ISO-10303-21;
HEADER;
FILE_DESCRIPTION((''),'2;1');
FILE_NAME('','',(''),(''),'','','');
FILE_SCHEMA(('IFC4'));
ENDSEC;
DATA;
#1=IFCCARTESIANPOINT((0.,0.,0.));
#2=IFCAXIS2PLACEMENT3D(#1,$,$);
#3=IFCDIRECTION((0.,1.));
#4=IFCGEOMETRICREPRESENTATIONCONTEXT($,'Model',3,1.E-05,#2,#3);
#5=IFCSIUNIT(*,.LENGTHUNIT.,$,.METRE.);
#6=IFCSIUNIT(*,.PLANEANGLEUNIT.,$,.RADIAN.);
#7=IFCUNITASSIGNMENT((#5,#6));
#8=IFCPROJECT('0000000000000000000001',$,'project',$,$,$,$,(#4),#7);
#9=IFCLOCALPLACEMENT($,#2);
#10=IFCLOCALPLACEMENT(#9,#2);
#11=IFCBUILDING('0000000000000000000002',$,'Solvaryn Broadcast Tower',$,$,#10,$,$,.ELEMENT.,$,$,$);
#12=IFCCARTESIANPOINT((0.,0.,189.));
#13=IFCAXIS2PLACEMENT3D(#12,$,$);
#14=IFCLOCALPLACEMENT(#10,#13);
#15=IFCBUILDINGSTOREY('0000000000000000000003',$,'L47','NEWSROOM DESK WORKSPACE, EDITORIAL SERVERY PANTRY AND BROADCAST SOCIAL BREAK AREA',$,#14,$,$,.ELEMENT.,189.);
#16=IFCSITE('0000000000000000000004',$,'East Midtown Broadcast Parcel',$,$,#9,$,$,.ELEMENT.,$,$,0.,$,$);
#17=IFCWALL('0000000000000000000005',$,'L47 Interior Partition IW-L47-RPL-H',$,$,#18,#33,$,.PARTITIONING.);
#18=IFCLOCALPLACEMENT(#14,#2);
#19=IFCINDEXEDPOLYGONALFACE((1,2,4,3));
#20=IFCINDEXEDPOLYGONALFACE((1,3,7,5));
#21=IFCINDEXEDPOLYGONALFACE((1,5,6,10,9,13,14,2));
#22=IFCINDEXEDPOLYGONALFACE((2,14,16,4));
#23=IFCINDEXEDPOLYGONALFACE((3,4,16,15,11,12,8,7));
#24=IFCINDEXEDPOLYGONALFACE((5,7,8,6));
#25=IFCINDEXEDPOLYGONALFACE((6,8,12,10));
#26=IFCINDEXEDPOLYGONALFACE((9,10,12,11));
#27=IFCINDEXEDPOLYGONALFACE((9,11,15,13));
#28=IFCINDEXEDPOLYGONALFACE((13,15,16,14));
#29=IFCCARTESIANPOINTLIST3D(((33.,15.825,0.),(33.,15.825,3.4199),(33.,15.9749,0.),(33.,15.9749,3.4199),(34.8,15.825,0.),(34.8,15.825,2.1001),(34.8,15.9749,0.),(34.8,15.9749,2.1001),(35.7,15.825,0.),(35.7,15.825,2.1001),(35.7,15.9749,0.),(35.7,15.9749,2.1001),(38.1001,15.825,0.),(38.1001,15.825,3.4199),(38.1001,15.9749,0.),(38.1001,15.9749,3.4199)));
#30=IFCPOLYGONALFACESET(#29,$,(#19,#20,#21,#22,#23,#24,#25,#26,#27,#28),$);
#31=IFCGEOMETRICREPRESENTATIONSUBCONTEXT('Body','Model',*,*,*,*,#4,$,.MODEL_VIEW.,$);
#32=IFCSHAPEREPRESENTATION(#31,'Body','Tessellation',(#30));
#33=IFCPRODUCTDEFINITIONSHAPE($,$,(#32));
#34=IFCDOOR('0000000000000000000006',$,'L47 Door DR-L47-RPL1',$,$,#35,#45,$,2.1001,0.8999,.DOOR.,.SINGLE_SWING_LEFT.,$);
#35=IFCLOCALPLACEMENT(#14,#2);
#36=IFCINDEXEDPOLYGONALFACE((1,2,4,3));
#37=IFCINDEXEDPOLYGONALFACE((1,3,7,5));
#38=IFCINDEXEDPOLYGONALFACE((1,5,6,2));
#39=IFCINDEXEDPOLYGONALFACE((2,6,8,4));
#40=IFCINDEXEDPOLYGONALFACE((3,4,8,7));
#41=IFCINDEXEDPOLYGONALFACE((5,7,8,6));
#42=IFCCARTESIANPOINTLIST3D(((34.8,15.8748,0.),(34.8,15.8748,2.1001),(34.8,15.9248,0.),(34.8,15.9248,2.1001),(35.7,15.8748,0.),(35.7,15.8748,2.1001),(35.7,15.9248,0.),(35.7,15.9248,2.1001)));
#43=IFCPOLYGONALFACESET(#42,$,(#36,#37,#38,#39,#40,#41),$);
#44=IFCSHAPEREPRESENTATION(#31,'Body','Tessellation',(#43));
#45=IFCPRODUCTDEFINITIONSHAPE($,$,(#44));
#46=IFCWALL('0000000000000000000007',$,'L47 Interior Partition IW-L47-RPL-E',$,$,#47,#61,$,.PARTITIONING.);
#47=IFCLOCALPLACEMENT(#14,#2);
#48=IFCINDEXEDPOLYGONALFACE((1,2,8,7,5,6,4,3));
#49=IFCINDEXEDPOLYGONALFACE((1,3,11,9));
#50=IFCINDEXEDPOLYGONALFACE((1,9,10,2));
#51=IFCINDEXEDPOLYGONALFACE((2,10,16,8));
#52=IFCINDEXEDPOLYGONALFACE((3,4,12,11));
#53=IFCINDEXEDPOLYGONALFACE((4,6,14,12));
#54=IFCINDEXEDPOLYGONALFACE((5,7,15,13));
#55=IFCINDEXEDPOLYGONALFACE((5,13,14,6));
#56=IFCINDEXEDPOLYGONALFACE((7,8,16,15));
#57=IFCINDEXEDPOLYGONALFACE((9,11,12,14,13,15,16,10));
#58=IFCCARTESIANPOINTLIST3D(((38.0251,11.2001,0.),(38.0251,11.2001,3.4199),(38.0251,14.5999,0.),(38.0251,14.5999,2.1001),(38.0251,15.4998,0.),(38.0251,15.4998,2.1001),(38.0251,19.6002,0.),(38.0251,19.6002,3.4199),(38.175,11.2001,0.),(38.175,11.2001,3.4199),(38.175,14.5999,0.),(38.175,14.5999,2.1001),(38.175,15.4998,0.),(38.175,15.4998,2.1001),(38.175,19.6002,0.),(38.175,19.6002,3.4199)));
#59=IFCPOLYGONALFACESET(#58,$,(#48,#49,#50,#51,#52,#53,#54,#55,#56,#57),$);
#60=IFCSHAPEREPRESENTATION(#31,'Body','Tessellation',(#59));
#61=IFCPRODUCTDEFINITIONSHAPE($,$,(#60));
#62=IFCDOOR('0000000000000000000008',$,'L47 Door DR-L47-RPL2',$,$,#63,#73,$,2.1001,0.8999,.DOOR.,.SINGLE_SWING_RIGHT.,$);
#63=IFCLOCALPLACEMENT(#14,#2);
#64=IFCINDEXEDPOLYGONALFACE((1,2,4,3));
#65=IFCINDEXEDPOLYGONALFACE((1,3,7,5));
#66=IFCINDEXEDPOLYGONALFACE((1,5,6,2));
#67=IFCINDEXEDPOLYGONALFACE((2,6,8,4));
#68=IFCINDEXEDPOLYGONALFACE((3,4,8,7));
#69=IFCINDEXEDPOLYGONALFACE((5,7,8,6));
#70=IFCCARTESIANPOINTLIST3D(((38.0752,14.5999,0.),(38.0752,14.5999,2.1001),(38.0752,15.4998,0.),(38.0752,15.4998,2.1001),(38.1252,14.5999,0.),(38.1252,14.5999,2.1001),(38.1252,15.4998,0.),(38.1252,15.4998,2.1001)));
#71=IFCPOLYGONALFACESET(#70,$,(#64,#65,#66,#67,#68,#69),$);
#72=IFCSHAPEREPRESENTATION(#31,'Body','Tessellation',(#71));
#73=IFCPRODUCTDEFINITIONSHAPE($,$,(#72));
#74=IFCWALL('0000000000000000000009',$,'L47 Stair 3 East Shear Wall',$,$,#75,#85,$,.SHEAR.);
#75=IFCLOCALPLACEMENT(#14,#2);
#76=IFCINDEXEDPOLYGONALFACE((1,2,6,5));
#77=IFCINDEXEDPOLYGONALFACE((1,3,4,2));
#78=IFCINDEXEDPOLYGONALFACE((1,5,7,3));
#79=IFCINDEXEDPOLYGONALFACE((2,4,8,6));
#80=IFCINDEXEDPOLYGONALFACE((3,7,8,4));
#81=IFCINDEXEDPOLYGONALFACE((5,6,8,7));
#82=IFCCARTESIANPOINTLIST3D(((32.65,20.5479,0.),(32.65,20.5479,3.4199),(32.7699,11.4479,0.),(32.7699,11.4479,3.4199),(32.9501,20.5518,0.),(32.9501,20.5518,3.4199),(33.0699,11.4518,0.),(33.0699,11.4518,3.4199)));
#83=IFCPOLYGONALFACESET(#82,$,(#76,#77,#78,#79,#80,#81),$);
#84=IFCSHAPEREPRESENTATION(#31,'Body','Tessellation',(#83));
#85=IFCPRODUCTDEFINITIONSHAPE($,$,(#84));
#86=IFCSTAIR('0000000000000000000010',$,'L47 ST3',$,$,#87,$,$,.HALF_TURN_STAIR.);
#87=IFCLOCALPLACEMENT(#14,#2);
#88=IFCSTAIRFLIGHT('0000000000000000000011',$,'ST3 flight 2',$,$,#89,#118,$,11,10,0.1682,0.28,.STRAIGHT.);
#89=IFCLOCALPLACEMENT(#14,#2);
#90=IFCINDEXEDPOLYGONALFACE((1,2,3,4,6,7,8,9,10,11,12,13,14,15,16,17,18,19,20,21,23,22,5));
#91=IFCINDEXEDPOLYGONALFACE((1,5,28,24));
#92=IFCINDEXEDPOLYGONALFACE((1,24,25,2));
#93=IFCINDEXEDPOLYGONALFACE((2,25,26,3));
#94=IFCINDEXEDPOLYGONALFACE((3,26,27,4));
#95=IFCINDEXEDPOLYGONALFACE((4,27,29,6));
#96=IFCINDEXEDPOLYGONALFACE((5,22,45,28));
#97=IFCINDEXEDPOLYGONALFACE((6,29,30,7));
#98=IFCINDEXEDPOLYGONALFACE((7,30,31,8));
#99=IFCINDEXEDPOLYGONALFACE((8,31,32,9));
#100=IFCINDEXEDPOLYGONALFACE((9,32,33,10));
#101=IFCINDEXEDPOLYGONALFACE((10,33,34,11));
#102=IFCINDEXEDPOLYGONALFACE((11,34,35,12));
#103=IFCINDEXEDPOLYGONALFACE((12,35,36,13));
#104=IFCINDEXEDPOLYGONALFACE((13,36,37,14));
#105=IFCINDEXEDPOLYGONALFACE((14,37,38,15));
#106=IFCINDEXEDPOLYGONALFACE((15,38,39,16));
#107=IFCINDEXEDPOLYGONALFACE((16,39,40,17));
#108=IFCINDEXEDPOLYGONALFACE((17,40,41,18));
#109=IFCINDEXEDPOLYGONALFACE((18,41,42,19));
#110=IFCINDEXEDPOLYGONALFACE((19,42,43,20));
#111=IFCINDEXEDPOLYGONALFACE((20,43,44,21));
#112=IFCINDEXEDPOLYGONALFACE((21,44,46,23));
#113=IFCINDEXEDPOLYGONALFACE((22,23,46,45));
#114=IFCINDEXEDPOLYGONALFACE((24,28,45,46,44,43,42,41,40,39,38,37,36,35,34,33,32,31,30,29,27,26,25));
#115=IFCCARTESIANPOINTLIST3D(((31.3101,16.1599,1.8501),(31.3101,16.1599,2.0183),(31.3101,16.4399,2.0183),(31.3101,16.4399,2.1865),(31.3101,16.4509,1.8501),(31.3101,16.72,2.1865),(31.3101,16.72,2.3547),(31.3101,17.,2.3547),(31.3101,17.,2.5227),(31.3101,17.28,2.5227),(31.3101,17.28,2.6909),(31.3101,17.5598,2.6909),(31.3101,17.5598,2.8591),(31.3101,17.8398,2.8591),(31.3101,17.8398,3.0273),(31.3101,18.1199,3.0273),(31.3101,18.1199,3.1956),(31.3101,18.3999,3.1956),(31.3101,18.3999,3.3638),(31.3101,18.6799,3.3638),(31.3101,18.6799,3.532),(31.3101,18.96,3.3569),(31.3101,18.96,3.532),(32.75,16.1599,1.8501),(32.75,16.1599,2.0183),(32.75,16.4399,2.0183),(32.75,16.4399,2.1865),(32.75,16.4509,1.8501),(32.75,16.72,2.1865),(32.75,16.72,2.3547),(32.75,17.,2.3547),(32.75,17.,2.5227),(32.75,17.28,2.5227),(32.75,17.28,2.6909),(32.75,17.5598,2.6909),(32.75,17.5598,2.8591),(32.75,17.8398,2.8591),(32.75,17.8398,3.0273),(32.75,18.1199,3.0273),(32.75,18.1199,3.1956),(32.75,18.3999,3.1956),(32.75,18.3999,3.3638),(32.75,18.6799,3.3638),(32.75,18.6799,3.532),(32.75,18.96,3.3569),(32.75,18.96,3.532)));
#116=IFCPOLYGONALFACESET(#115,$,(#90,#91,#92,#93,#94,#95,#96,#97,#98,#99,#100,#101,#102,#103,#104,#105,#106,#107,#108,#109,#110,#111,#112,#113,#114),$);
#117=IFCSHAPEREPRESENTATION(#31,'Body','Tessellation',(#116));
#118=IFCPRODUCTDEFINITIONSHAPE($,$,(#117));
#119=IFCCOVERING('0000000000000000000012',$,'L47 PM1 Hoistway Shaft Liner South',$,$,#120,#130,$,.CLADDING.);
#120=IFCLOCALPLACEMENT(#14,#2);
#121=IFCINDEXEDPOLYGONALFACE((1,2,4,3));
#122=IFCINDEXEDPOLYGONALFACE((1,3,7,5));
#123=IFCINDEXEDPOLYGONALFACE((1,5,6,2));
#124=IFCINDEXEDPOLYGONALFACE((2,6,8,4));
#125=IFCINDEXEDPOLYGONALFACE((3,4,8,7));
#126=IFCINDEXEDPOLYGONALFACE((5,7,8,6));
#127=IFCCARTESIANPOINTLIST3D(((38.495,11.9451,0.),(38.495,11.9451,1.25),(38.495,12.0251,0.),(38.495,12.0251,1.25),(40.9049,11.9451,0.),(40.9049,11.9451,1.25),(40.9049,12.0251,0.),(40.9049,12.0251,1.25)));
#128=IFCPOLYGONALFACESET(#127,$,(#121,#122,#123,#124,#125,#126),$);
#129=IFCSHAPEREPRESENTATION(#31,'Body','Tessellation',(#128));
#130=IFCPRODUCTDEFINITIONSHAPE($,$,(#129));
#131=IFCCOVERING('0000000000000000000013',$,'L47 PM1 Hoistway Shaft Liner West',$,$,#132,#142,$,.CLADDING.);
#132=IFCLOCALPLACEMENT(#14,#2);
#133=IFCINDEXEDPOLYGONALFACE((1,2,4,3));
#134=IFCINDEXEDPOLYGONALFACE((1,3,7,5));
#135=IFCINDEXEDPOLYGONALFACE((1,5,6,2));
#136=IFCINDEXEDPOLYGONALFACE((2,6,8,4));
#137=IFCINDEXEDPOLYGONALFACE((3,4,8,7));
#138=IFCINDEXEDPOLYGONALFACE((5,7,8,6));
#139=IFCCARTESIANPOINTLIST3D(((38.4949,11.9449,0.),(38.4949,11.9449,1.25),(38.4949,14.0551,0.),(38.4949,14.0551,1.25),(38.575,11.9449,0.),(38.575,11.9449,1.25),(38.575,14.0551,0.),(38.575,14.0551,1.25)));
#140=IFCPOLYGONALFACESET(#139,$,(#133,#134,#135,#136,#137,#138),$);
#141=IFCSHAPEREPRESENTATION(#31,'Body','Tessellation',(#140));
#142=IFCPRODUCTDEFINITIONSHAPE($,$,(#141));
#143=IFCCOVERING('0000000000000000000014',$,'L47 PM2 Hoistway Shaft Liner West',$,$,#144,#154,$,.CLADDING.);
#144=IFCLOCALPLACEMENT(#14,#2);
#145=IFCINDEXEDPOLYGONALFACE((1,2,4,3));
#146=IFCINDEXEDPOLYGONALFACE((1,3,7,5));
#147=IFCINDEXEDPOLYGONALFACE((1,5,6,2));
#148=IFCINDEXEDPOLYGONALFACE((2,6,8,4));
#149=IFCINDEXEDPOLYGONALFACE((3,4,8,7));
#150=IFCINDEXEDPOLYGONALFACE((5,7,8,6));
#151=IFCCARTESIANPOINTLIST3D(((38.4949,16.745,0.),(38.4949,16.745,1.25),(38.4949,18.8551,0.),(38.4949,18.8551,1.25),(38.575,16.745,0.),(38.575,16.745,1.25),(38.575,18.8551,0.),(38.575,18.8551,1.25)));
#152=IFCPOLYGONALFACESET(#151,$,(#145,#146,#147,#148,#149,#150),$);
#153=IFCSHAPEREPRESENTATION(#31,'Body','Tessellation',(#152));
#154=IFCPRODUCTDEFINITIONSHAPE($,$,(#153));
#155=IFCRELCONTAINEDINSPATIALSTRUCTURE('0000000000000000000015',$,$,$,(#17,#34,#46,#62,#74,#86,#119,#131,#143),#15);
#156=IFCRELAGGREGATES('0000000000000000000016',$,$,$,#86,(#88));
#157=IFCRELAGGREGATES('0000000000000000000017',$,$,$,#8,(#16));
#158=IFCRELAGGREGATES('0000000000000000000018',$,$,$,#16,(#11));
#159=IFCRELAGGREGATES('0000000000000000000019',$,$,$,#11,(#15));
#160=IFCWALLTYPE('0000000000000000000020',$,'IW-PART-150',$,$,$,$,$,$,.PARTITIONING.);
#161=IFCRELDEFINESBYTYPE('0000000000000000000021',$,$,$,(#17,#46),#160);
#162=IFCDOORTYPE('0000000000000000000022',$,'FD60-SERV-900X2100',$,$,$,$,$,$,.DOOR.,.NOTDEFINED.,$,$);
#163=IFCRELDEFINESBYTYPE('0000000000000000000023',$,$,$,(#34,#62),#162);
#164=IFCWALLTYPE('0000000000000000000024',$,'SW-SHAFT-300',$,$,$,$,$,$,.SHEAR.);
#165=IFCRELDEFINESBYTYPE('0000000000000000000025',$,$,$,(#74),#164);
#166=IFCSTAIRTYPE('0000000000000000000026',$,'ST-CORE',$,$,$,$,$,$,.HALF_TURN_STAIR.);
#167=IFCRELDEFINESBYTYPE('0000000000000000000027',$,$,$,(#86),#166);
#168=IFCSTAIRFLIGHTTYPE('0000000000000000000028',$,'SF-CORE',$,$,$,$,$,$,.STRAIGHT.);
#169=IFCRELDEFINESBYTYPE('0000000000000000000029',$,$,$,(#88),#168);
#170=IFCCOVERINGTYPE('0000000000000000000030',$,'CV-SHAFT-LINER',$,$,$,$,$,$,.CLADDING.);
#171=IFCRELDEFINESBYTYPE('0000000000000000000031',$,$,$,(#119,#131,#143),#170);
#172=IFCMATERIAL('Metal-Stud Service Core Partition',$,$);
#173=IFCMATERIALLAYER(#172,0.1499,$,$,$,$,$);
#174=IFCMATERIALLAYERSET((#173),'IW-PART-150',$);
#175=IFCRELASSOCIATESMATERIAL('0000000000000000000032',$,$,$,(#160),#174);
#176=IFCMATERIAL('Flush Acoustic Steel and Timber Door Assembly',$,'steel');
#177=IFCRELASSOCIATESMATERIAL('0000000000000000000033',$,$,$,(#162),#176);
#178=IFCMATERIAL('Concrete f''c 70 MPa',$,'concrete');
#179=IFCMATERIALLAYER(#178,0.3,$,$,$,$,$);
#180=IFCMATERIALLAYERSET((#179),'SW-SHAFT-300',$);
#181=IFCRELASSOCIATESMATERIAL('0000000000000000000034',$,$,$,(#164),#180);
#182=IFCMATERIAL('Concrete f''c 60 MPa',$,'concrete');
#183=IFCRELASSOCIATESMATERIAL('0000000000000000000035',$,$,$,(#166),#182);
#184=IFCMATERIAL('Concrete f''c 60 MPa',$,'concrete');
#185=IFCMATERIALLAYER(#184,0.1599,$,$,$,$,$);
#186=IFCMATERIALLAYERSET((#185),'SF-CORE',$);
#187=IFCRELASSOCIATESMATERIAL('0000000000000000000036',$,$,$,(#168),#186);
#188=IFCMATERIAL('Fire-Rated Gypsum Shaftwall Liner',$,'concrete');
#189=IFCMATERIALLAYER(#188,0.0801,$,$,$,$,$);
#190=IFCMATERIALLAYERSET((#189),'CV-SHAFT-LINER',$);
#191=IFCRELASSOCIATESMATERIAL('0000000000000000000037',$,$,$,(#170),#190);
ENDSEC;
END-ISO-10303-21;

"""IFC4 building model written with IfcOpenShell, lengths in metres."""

from ifc_helpers import new_model, si_unit, direction, frame, frame_2d, origin, origin_2d, place, context, subcontext, project, spatial, polyline, rectangle, outline, extrude, material, layer, layer_set, type_object, element, fill, aggregate, save


model = new_model("IFC4")

# Units and contexts
model_context = context("Model", 3, precision=1e-05, world=origin(), true_north=direction((0.0, 1.0)))
body_context = subcontext(model_context, "Body", "Model", "MODEL_VIEW")
ifc_project = project(units=[si_unit("LENGTHUNIT", "METRE"), si_unit("PLANEANGLEUNIT", "RADIAN")], contexts=[model_context])

# Site, building, storey
site_placement = place(None, origin())
site = spatial("IfcSite", under=ifc_project, at=site_placement, Name="East Midtown Broadcast Parcel", CompositionType="ELEMENT", RefElevation=0.0)
building_placement = place(site_placement, origin())
building = spatial("IfcBuilding", under=site, at=building_placement, Name="Solvaryn Broadcast Tower", CompositionType="ELEMENT")
storey_placement = place(building_placement, frame((0.0, 0.0, 189.0)))
storey = spatial("IfcBuildingStorey", under=building, at=storey_placement, Name="L47", Description="NEWSROOM DESK WORKSPACE, EDITORIAL SERVERY PANTRY AND BROADCAST SOCIAL BREAK AREA", CompositionType="ELEMENT", Elevation=189.0)

# Walls, openings, doors
ifc_material_1 = material(Name="Metal-Stud Service Core Partition")
ifc_layer_1 = layer(ifc_material_1, 0.1499)
ifc_layer_set_1 = layer_set([ifc_layer_1], Name="IW-PART-150")
wall_type_1 = type_object("IfcWallType", Name="IW-PART-150", PredefinedType="PARTITIONING", material=ifc_layer_set_1)
wall_1_placement = place(storey_placement, frame((33.0, 15.8999, 0.0), z_axis=(0.0, 0.0, 1.0), x_axis=(1.0, 0.0, 0.0)))
wall_1 = element("IfcWall", 1, at=wall_1_placement, inside=storey, type_object=wall_type_1, Name="L47 Interior Partition IW-L47-RPL-H", PredefinedType="PARTITIONING", context=body_context, shape_type="SweptSolid", body=[
    extrude(rectangle(XDim=5.1001, YDim=0.1499, at=frame_2d((2.55, 0.0))), origin(), (0.0, 0.0, 1.0), 3.4199),
])
opening_1_placement = place(wall_1_placement, frame((1.8, 0.0, 0.0)))
opening_1 = element("IfcOpeningElement", 2, at=opening_1_placement, cuts=wall_1, PredefinedType="OPENING", context=body_context, shape_type="SweptSolid", body=[
    extrude(rectangle(XDim=0.8999, YDim=2.1001, at=frame_2d((0.45, 1.05))), frame((0.0, 0.085, 0.0), z_axis=(0.0, -1.0, 0.0), x_axis=(1.0, 0.0, 0.0)), (0.0, 0.0, 1.0), 0.1699),
])
ifc_material_2 = material(Name="Flush Acoustic Steel and Timber Door Assembly", Category="steel")
door_type_1 = type_object("IfcDoorType", Name="FD60-SERV-900X2100", OperationType="NOTDEFINED", PredefinedType="DOOR", material=ifc_material_2)
door_1_placement = place(opening_1_placement, origin())
door_1 = element("IfcDoor", 3, at=door_1_placement, inside=storey, type_object=door_type_1, Name="L47 Door DR-L47-RPL1", OperationType="SINGLE_SWING_LEFT", OverallHeight=2.1001, OverallWidth=0.8999, PredefinedType="DOOR", context=body_context, shape_type="SweptSolid", body=[
    extrude(rectangle(XDim=0.8999, YDim=2.1001, at=frame_2d((0.45, 1.05))), frame((0.0, 0.0249, 0.0), z_axis=(0.0, -1.0, 0.0), x_axis=(1.0, 0.0, 0.0)), (0.0, 0.0, 1.0), 0.05),
])
fill(opening_1, door_1)
wall_2_placement = place(storey_placement, frame((38.1001, 11.2, 0.0), z_axis=(0.0, 0.0, 1.0), x_axis=(0.0, 1.0, 0.0)))
wall_2 = element("IfcWall", 4, at=wall_2_placement, inside=storey, type_object=wall_type_1, Name="L47 Interior Partition IW-L47-RPL-E", PredefinedType="PARTITIONING", context=body_context, shape_type="SweptSolid", body=[
    extrude(rectangle(XDim=8.4001, YDim=0.1499, at=frame_2d((4.2002, 0.0))), origin(), (0.0, 0.0, 1.0), 3.4199),
])
opening_2_placement = place(wall_2_placement, frame((3.3999, 0.0, 0.0)))
opening_2 = element("IfcOpeningElement", 5, at=opening_2_placement, cuts=wall_2, PredefinedType="OPENING", context=body_context, shape_type="SweptSolid", body=[
    extrude(rectangle(XDim=0.8999, YDim=2.1001, at=frame_2d((0.45, 1.05))), frame((0.0, 0.085, 0.0), z_axis=(0.0, -1.0, 0.0), x_axis=(1.0, 0.0, 0.0)), (0.0, 0.0, 1.0), 0.1699),
])
door_2_placement = place(opening_2_placement, origin())
door_2 = element("IfcDoor", 6, at=door_2_placement, inside=storey, type_object=door_type_1, Name="L47 Door DR-L47-RPL2", OperationType="SINGLE_SWING_RIGHT", OverallHeight=2.1001, OverallWidth=0.8999, PredefinedType="DOOR", context=body_context, shape_type="SweptSolid", body=[
    extrude(rectangle(XDim=0.8999, YDim=2.1001, at=frame_2d((0.45, 1.05))), frame((0.0, 0.0249, 0.0), z_axis=(0.0, -1.0, 0.0), x_axis=(1.0, 0.0, 0.0)), (0.0, 0.0, 1.0), 0.05),
])
fill(opening_2, door_2)

# Wall
ifc_material_3 = material(Name="Concrete f'c 70 MPa", Category="concrete")
ifc_layer_2 = layer(ifc_material_3, 0.3)
ifc_layer_set_2 = layer_set([ifc_layer_2], Name="SW-SHAFT-300")
wall_type_2 = type_object("IfcWallType", Name="SW-SHAFT-300", PredefinedType="SHEAR", material=ifc_layer_set_2)
wall_3_placement = place(storey_placement, frame((32.9199, 11.45, 0.0), z_axis=(0.0, 0.0, 1.0), x_axis=(-0.013172, 0.999913, 0.0)))
element("IfcWall", 7, at=wall_3_placement, inside=storey, type_object=wall_type_2, Name="L47 Stair 3 East Shear Wall", PredefinedType="SHEAR", context=body_context, shape_type="SweptSolid", body=[
    extrude(rectangle(XDim=9.1008, YDim=0.3, at=frame_2d((4.5503, 0.0))), origin(), (0.0, 0.0, 1.0), 3.4199),
])

# Stair, stair flight
ifc_material_4 = material(Name="Concrete f'c 60 MPa", Category="concrete")
stair_type = type_object("IfcStairType", Name="ST-CORE", PredefinedType="HALF_TURN_STAIR", material=ifc_material_4)
stair_placement = place(storey_placement, origin())
stair = element("IfcStair", 8, at=stair_placement, inside=storey, type_object=stair_type, Name="L47 ST3", PredefinedType="HALF_TURN_STAIR")
ifc_material_5 = material(Name="Concrete f'c 60 MPa", Category="concrete")
ifc_layer_3 = layer(ifc_material_5, 0.1599)
ifc_layer_set_3 = layer_set([ifc_layer_3], Name="SF-CORE")
stair_flight_type = type_object("IfcStairFlightType", Name="SF-CORE", PredefinedType="STRAIGHT", material=ifc_layer_set_3)
stair_flight_placement = place(storey_placement, frame((32.03, 16.1599, 1.8501), z_axis=(0.0, 0.0, 1.0), x_axis=(0.0, 1.0, 0.0)))
stair_flight = element("IfcStairFlight", 9, at=stair_flight_placement, type_object=stair_flight_type, Name="ST3 flight 2", NumberOfRisers=11, NumberOfTreads=10, PredefinedType="STRAIGHT", RiserHeight=0.1682, TreadLength=0.28, context=body_context, shape_type="SweptSolid", body=[
    extrude(outline(polyline([(0.0, 0.0), (0.0, 0.1682), (0.28, 0.1682), (0.28, 0.3364), (0.5601, 0.3364), (0.5601, 0.5046), (0.8401, 0.5046), (0.8401, 0.6726), (1.1201, 0.6726), (1.1201, 0.8408), (1.3999, 0.8408), (1.3999, 1.009), (1.6799, 1.009), (1.6799, 1.1772), (1.96, 1.1772), (1.96, 1.3455), (2.24, 1.3455), (2.24, 1.5137), (2.52, 1.5137), (2.52, 1.6819), (2.8, 1.6819), (2.8, 1.8501), (2.8, 1.5068), (0.291, 0.0), (0.0, 0.0)])), frame((0.0, 0.72, 0.0), z_axis=(0.0, -1.0, 0.0), x_axis=(1.0, 0.0, 0.0)), (0.0, 0.0, 1.0), 1.4399),
])
aggregate(stair, [stair_flight])

# Coverings
ifc_material_6 = material(Name="Fire-Rated Gypsum Shaftwall Liner", Category="concrete")
ifc_layer_4 = layer(ifc_material_6, 0.0801)
ifc_layer_set_4 = layer_set([ifc_layer_4], Name="CV-SHAFT-LINER")
covering_type = type_object("IfcCoveringType", Name="CV-SHAFT-LINER", PredefinedType="CLADDING", material=ifc_layer_set_4)
covering_placement = place(storey_placement, frame((39.7, 11.9851, 0.0), z_axis=(0.0, 0.0, 1.0), x_axis=(1.0, 0.0, 0.0)))
element("IfcCovering", 10, at=covering_placement, inside=storey, type_object=covering_type, Name="L47 PM1 Hoistway Shaft Liner South", PredefinedType="CLADDING", context=body_context, shape_type="SweptSolid", body=[
    extrude(rectangle(XDim=2.4099, YDim=0.0801, at=origin_2d()), origin(), (0.0, 0.0, 1.0), 1.25),
])
for number, where, z_axis, x_axis, name in (
    (11, (38.5349, 13.0, 0.0), (0.0, 0.0, 1.0), (1.0, 0.0, 0.0), "L47 PM1 Hoistway Shaft Liner West"),
    (12, (38.5349, 17.8, 0.0), (0.0, 0.0, 1.0), (1.0, 0.0, 0.0), "L47 PM2 Hoistway Shaft Liner West"),
):
    element("IfcCovering", number, at=place(storey_placement, frame(where, z_axis=z_axis, x_axis=x_axis)), inside=storey, type_object=covering_type, Name=name, PredefinedType="CLADDING", context=body_context, shape_type="SweptSolid", body=[
        extrude(rectangle(XDim=0.0801, YDim=2.1101, at=origin_2d()), origin(), (0.0, 0.0, 1.0), 1.25),
    ])

save(model, "model.ifc")
